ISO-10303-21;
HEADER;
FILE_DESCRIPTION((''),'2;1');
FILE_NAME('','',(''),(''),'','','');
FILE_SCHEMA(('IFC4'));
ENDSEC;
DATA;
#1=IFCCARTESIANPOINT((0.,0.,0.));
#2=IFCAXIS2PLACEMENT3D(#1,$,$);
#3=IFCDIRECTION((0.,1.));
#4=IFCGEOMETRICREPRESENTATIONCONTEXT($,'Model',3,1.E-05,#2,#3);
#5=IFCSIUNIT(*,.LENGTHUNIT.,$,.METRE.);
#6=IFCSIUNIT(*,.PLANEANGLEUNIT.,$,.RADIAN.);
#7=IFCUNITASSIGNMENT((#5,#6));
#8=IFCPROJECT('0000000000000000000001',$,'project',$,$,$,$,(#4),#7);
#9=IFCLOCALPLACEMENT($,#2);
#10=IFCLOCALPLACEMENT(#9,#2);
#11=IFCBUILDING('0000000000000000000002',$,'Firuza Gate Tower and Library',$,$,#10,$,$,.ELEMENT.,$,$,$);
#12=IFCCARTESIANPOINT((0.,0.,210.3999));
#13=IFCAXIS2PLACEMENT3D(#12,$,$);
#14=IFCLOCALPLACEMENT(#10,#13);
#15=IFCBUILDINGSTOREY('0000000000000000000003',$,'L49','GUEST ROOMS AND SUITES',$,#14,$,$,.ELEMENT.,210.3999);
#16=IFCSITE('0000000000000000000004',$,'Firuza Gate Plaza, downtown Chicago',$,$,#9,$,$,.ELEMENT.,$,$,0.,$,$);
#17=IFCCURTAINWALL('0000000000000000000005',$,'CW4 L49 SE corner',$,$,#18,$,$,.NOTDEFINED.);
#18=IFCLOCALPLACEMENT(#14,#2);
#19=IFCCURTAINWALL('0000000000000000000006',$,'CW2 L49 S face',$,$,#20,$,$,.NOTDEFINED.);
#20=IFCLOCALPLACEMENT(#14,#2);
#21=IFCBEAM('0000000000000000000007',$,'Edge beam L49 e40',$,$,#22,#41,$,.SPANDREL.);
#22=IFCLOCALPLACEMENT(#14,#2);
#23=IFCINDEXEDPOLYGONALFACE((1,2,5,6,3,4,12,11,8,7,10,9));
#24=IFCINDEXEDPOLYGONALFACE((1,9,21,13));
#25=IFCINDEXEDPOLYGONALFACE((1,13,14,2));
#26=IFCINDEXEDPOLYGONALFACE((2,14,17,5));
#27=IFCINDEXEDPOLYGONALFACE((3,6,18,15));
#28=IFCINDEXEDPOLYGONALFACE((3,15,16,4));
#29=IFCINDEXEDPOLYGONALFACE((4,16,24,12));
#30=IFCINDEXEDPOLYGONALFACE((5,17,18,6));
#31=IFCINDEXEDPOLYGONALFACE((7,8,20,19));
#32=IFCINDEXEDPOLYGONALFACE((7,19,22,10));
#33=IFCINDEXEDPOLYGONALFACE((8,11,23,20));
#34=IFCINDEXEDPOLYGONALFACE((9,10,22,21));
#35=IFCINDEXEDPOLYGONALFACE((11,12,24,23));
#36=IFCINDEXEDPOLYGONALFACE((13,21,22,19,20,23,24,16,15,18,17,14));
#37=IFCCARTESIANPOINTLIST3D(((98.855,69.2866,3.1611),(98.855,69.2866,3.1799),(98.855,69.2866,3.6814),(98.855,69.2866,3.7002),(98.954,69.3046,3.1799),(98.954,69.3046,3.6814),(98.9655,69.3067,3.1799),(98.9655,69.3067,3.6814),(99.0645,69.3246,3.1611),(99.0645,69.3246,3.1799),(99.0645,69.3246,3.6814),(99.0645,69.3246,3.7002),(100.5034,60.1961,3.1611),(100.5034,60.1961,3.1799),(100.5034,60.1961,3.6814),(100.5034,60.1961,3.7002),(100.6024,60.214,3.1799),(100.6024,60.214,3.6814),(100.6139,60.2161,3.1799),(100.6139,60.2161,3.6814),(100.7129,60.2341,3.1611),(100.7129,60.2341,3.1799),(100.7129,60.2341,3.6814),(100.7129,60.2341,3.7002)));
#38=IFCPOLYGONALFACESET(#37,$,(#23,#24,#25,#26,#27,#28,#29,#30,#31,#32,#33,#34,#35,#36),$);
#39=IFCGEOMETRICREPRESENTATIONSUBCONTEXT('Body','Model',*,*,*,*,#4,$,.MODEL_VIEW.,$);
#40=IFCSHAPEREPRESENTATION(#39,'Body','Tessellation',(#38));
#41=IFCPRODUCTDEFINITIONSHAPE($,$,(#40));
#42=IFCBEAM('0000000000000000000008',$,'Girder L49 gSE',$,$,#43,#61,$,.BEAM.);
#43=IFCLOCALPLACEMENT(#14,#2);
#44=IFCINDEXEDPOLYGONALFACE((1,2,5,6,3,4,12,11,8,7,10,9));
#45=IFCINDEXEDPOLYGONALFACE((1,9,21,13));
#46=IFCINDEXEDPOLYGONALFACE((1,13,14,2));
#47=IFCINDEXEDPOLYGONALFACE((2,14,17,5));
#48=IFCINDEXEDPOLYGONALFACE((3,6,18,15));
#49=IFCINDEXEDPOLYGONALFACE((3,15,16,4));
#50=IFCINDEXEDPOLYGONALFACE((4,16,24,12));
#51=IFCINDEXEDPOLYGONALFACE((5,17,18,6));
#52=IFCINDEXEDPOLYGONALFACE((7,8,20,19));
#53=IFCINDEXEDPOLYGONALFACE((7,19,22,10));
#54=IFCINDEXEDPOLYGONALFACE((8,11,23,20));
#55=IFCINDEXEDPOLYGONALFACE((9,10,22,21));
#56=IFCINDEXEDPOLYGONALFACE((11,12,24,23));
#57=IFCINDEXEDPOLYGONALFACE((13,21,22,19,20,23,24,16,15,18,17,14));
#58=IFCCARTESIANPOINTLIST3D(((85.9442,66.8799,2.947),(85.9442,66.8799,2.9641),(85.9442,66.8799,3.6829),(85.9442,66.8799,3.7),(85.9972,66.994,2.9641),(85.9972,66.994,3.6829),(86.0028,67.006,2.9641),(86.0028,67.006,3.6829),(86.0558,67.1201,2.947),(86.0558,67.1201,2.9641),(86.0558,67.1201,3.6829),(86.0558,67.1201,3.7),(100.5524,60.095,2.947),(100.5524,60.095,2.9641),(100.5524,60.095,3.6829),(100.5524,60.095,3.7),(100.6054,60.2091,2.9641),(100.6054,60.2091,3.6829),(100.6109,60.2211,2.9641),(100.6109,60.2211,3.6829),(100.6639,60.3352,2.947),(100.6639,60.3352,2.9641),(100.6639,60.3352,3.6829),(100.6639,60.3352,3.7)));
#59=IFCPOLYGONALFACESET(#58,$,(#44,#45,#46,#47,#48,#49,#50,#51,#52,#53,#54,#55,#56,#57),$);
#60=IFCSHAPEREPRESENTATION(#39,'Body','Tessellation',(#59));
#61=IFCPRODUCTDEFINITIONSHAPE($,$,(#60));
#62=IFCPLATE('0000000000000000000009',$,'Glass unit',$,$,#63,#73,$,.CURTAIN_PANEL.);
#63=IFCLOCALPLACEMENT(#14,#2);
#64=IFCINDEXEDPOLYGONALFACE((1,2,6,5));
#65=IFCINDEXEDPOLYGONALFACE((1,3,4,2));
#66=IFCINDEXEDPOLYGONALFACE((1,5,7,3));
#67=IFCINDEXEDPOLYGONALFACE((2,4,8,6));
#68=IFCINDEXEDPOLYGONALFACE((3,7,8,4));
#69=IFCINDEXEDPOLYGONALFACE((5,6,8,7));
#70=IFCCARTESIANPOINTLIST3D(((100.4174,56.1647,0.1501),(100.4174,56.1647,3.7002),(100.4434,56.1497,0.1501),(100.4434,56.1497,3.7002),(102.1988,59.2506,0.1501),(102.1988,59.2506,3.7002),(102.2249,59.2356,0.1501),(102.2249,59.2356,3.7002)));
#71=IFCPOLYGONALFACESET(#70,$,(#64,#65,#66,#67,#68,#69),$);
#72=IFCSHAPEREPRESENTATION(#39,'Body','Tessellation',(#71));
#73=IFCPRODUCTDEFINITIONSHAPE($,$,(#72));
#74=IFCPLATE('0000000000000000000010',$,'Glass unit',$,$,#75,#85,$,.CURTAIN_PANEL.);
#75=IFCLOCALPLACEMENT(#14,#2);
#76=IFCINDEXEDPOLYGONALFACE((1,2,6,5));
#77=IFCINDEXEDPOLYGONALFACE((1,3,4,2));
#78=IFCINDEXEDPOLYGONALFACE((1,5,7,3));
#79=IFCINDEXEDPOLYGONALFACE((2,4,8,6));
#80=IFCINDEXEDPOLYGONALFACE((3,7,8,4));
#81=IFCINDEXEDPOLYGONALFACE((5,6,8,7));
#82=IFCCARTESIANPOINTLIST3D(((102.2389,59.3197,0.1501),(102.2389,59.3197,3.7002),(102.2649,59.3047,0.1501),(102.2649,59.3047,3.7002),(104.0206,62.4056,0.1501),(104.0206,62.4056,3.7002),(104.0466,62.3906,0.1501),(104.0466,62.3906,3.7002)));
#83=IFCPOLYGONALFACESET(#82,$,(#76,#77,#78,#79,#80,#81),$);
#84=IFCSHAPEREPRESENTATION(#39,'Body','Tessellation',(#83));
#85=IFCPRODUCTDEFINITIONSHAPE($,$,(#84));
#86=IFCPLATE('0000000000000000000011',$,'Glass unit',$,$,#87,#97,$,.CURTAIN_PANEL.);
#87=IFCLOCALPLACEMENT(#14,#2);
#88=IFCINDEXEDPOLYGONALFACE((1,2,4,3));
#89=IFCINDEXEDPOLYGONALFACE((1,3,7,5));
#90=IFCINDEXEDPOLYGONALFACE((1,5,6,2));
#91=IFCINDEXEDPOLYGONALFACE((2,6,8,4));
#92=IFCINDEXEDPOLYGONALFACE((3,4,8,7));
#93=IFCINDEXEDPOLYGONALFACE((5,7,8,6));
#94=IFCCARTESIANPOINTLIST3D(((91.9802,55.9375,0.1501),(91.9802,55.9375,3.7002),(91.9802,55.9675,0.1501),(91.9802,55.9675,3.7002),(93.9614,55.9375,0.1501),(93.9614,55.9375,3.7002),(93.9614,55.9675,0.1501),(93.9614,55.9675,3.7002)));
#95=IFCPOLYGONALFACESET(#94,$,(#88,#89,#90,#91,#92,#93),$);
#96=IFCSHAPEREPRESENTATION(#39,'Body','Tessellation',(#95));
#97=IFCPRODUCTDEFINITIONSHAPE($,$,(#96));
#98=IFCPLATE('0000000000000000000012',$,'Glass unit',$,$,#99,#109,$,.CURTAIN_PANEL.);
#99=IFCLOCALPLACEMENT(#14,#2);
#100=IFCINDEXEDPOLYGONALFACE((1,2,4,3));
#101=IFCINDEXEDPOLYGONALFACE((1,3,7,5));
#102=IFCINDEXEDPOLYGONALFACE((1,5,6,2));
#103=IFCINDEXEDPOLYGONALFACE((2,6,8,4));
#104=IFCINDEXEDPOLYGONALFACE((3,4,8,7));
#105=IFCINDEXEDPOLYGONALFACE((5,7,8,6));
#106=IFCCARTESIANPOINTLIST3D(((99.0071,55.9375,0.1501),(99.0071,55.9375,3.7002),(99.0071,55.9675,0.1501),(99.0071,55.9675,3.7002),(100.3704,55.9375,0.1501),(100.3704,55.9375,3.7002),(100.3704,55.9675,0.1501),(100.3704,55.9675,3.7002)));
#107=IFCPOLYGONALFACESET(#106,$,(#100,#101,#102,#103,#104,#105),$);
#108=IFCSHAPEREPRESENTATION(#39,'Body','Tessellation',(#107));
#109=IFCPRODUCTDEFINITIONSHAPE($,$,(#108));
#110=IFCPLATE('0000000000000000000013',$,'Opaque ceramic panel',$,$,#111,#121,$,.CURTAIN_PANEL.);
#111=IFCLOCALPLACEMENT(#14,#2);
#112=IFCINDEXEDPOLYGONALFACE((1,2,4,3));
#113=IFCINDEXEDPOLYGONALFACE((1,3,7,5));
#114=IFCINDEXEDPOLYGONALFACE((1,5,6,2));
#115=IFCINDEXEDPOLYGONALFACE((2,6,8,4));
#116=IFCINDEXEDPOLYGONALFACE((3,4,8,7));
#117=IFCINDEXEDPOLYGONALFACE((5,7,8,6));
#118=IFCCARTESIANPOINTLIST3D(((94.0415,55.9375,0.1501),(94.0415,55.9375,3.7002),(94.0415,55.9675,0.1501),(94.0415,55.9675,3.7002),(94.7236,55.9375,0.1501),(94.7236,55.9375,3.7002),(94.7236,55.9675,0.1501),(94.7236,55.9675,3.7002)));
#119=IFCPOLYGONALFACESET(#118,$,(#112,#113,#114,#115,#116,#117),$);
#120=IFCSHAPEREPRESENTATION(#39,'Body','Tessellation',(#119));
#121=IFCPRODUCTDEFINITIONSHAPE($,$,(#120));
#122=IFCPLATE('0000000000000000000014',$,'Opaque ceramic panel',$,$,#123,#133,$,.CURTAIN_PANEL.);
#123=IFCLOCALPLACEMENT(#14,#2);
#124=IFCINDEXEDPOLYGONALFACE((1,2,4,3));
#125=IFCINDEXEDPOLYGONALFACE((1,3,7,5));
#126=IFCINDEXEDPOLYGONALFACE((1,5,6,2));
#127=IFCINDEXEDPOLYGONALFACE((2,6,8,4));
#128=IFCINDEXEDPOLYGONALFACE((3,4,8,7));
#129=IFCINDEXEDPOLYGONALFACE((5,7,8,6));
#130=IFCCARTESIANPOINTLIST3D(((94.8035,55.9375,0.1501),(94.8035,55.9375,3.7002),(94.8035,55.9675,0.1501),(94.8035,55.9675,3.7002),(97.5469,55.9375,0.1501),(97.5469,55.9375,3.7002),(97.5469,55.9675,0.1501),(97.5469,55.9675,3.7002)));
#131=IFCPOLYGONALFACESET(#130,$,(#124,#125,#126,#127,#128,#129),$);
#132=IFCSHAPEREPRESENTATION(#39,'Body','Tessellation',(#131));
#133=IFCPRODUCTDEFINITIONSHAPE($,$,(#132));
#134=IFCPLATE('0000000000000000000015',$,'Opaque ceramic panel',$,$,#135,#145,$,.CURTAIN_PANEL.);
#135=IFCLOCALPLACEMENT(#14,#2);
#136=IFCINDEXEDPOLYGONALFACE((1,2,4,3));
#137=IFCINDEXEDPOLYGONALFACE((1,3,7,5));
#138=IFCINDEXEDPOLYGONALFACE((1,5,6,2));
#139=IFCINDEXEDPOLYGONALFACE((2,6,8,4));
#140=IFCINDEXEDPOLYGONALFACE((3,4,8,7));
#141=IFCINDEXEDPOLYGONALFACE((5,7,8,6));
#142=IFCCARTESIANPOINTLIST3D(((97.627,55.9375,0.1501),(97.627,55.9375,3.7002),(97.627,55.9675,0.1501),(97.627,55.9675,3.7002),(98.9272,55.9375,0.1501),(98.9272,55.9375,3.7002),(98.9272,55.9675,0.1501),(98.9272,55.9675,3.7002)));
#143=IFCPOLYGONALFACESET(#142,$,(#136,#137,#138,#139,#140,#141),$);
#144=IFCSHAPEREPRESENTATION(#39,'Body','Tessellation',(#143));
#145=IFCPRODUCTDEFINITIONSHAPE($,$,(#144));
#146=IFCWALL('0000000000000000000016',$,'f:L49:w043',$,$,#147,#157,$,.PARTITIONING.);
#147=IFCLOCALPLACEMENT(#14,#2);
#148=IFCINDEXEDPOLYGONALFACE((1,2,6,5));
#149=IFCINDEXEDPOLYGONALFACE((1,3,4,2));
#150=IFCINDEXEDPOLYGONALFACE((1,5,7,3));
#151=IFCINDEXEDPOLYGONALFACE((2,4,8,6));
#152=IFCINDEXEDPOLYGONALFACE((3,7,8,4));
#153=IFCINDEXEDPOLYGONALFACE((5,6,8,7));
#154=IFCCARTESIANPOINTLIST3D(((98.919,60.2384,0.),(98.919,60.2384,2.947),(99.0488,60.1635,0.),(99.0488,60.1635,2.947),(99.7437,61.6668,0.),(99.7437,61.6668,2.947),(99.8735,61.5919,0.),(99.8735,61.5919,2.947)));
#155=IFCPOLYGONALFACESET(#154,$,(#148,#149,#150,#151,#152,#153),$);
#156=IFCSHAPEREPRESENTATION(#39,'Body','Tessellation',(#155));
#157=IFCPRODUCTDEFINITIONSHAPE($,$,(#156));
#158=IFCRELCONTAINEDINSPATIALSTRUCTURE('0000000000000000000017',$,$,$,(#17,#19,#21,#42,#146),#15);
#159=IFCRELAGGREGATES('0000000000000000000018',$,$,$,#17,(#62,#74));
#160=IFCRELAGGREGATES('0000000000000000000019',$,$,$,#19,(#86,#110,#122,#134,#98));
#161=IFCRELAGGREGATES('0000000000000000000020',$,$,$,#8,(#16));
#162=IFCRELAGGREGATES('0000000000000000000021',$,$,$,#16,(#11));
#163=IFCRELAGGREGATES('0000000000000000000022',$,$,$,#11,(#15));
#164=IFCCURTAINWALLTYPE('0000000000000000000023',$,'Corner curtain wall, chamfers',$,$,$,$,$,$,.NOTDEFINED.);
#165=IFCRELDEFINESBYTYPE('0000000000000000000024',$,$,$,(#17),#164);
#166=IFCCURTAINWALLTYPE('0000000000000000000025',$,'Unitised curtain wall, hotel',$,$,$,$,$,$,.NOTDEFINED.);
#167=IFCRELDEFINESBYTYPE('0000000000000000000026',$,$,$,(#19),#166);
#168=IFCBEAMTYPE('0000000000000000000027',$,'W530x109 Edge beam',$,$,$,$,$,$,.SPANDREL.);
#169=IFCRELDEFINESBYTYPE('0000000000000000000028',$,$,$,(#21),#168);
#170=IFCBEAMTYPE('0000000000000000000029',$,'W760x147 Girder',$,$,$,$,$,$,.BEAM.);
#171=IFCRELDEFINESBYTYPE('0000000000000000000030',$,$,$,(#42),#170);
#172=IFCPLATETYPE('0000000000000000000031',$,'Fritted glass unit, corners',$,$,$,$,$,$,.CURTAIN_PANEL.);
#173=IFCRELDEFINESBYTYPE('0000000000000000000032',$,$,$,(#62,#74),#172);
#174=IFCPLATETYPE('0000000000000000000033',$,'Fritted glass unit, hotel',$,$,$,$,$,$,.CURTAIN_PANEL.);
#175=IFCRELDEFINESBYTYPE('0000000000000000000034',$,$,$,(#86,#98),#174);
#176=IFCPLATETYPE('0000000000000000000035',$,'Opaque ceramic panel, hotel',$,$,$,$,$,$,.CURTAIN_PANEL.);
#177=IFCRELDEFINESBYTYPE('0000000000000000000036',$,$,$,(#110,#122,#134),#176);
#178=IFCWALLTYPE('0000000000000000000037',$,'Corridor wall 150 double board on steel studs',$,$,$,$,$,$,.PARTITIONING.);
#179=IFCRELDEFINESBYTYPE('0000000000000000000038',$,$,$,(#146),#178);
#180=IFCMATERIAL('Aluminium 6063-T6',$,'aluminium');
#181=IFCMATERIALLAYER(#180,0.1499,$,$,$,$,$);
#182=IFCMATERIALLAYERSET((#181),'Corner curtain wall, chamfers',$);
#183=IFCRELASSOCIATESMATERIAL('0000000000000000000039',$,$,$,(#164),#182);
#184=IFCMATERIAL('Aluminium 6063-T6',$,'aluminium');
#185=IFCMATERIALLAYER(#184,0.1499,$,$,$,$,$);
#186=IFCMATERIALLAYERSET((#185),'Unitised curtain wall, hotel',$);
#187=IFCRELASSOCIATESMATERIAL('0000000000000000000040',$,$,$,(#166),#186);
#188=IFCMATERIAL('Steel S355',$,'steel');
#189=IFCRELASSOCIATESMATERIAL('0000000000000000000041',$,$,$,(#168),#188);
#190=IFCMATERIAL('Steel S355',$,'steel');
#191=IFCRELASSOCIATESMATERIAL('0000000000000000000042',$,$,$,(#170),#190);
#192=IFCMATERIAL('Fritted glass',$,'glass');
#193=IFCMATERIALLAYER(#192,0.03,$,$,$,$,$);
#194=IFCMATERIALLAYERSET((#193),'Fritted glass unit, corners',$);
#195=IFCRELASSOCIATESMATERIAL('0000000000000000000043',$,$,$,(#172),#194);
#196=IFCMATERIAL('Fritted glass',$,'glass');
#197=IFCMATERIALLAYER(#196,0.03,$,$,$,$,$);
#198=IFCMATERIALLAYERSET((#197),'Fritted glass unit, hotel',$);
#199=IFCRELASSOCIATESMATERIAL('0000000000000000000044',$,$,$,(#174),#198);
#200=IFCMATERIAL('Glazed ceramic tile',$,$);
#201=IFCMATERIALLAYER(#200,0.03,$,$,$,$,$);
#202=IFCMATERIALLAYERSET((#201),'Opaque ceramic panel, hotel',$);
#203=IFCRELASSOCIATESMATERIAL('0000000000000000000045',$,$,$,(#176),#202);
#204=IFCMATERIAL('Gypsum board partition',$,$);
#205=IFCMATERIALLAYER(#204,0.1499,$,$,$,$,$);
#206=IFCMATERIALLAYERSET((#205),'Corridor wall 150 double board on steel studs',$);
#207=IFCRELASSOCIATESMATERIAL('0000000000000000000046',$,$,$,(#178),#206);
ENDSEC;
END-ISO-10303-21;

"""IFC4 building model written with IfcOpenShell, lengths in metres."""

from ifc_helpers import new_model, si_unit, direction, frame, frame_2d, origin, origin_2d, place, context, subcontext, project, spatial, polyline, rectangle, i_section, outline, extrude, material, layer, layer_set, material_profile, profile_set, type_object, element, aggregate, save


model = new_model("IFC4")

# Units and contexts
model_context = context("Model", 3, precision=1e-05, world=origin(), true_north=direction((0.0, 1.0)))
body_context = subcontext(model_context, "Body", "Model", "MODEL_VIEW")
ifc_project = project(units=[si_unit("LENGTHUNIT", "METRE"), si_unit("PLANEANGLEUNIT", "RADIAN")], contexts=[model_context])

# Site, building, storey
site_placement = place(None, origin())
site = spatial("IfcSite", under=ifc_project, at=site_placement, Name="Firuza Gate Plaza, downtown Chicago", CompositionType="ELEMENT", RefElevation=0.0)
building_placement = place(site_placement, origin())
building = spatial("IfcBuilding", under=site, at=building_placement, Name="Firuza Gate Tower and Library", CompositionType="ELEMENT")
storey_placement = place(building_placement, frame((0.0, 0.0, 210.3999)))
storey = spatial("IfcBuildingStorey", under=building, at=storey_placement, Name="L49", Description="GUEST ROOMS AND SUITES", CompositionType="ELEMENT", Elevation=210.3999)

# Curtain walls
ifc_material_1 = material(Name="Aluminium 6063-T6", Category="aluminium")
ifc_layer_1 = layer(ifc_material_1, 0.1499)
ifc_layer_set_1 = layer_set([ifc_layer_1], Name="Corner curtain wall, chamfers")
curtain_wall_type_1 = type_object("IfcCurtainWallType", Name="Corner curtain wall, chamfers", PredefinedType="NOTDEFINED", material=ifc_layer_set_1)
placement = place(storey_placement, origin())
curtain_wall_1 = element("IfcCurtainWall", 1, at=placement, inside=storey, type_object=curtain_wall_type_1, Name="CW4 L49 SE corner", PredefinedType="NOTDEFINED")
ifc_material_2 = material(Name="Aluminium 6063-T6", Category="aluminium")
ifc_layer_2 = layer(ifc_material_2, 0.1499)
ifc_layer_set_2 = layer_set([ifc_layer_2], Name="Unitised curtain wall, hotel")
curtain_wall_type_2 = type_object("IfcCurtainWallType", Name="Unitised curtain wall, hotel", PredefinedType="NOTDEFINED", material=ifc_layer_set_2)
curtain_wall_2 = element("IfcCurtainWall", 2, at=placement, inside=storey, type_object=curtain_wall_type_2, Name="CW2 L49 S face", PredefinedType="NOTDEFINED")

# Beams
ifc_material_3 = material(Name="Steel S355", Category="steel")
ifc_material_profile_1 = material_profile(ifc_material_3, i_section(OverallWidth=0.2129, OverallDepth=0.5391, WebThickness=0.0117, FlangeThickness=0.0188, at=origin_2d()))
ifc_profile_set_1 = profile_set([ifc_material_profile_1], Name="Steel S355")
beam_type_1 = type_object("IfcBeamType", Name="W530x109 Edge beam", PredefinedType="SPANDREL", material=ifc_profile_set_1)
beam_1_placement = place(storey_placement, frame((100.6082, 60.2151, 3.4307), z_axis=(-0.178425, 0.983954, 0.0), x_axis=(-0.983954, -0.178425, 0.0)))
element("IfcBeam", 3, at=beam_1_placement, inside=storey, type_object=beam_type_1, Name="Edge beam L49 e40", PredefinedType="SPANDREL", context=body_context, shape_type="SweptSolid", body=[
    extrude(i_section(OverallWidth=0.2129, OverallDepth=0.5391, WebThickness=0.0117, FlangeThickness=0.0188, at=origin_2d()), origin(), (0.0, 0.0, 1.0), 9.2388),
])
ifc_material_4 = material(Name="Steel S355", Category="steel")
ifc_material_profile_2 = material_profile(ifc_material_4, i_section(OverallWidth=0.2649, OverallDepth=0.7529, WebThickness=0.0132, FlangeThickness=0.0171, at=origin_2d()))
ifc_profile_set_2 = profile_set([ifc_material_profile_2], Name="Steel S355")
beam_type_2 = type_object("IfcBeamType", Name="W760x147 Girder", PredefinedType="BEAM", material=ifc_profile_set_2)
beam_2_placement = place(storey_placement, frame((100.6082, 60.2151, 3.3235), z_axis=(-0.906948, 0.421242, 0.0), x_axis=(-0.421242, -0.906948, 0.0)))
element("IfcBeam", 4, at=beam_2_placement, inside=storey, type_object=beam_type_2, Name="Girder L49 gSE", PredefinedType="BEAM", context=body_context, shape_type="SweptSolid", body=[
    extrude(i_section(OverallWidth=0.2649, OverallDepth=0.7529, WebThickness=0.0132, FlangeThickness=0.0171, at=origin_2d()), origin(), (0.0, 0.0, 1.0), 16.1069),
])

# Plates
ifc_material_5 = material(Name="Fritted glass", Category="glass")
ifc_layer_3 = layer(ifc_material_5, 0.03)
ifc_layer_set_3 = layer_set([ifc_layer_3], Name="Fritted glass unit, corners")
plate_type_1 = type_object("IfcPlateType", Name="Fritted glass unit, corners", PredefinedType="CURTAIN_PANEL", material=ifc_layer_set_3)
plate_1_placement = place(storey_placement, frame((100.4434, 56.1497, 0.1501), z_axis=(0.866046, -0.499964, 0.0), x_axis=(0.499964, 0.866046, 0.0)))
plate_1 = element("IfcPlate", 5, at=plate_1_placement, type_object=plate_type_1, Name="Glass unit", PredefinedType="CURTAIN_PANEL", context=body_context, shape_type="SweptSolid", body=[
    extrude(outline(polyline([(0.0, 0.0), (3.5632, 0.0), (3.5632, 3.55), (0.0, 3.55), (0.0, 0.0)])), origin(), (0.0, 0.0, -1.0), 0.03),
])
plate_2_placement = place(storey_placement, frame((102.2649, 59.3047, 0.1501), z_axis=(0.866017, -0.500015, 0.0), x_axis=(0.500015, 0.866017, 0.0)))
plate_2 = element("IfcPlate", 6, at=plate_2_placement, type_object=plate_type_1, Name="Glass unit", PredefinedType="CURTAIN_PANEL", context=body_context, shape_type="SweptSolid", body=[
    extrude(outline(polyline([(0.0, 0.0), (3.5634, 0.0), (3.5634, 3.55), (0.0, 3.55), (0.0, 0.0)])), origin(), (0.0, 0.0, -1.0), 0.03),
])
aggregate(curtain_wall_1, [plate_1, plate_2])
ifc_material_6 = material(Name="Fritted glass", Category="glass")
ifc_layer_4 = layer(ifc_material_6, 0.03)
ifc_layer_set_4 = layer_set([ifc_layer_4], Name="Fritted glass unit, hotel")
plate_type_2 = type_object("IfcPlateType", Name="Fritted glass unit, hotel", PredefinedType="CURTAIN_PANEL", material=ifc_layer_set_4)
plate_3_placement = place(storey_placement, frame((91.9802, 55.9375, 0.1501), z_axis=(0.0, -1.0, 0.0), x_axis=(1.0, 0.0, 0.0)))
plate_3 = element("IfcPlate", 7, at=plate_3_placement, type_object=plate_type_2, Name="Glass unit", PredefinedType="CURTAIN_PANEL", context=body_context, shape_type="SweptSolid", body=[
    extrude(outline(polyline([(0.0, 0.0), (1.9812, 0.0), (1.9812, 3.55), (0.0, 3.55), (0.0, 0.0)])), origin(), (0.0, 0.0, -1.0), 0.03),
])
plate_4_placement = place(storey_placement, frame((99.0071, 55.9375, 0.1501), z_axis=(0.0, -1.0, 0.0), x_axis=(1.0, 0.0, 0.0)))
plate_4 = element("IfcPlate", 8, at=plate_4_placement, type_object=plate_type_2, Name="Glass unit", PredefinedType="CURTAIN_PANEL", context=body_context, shape_type="SweptSolid", body=[
    extrude(outline(polyline([(0.0, 0.0), (1.3633, 0.0), (1.3633, 3.55), (0.0, 3.55), (0.0, 0.0)])), origin(), (0.0, 0.0, -1.0), 0.03),
])
ifc_material_7 = material(Name="Glazed ceramic tile")
ifc_layer_5 = layer(ifc_material_7, 0.03)
ifc_layer_set_5 = layer_set([ifc_layer_5], Name="Opaque ceramic panel, hotel")
plate_type_3 = type_object("IfcPlateType", Name="Opaque ceramic panel, hotel", PredefinedType="CURTAIN_PANEL", material=ifc_layer_set_5)
plate_5_placement = place(storey_placement, frame((94.0415, 55.9375, 0.1501), z_axis=(0.0, -1.0, 0.0), x_axis=(1.0, 0.0, 0.0)))
plate_5 = element("IfcPlate", 9, at=plate_5_placement, type_object=plate_type_3, Name="Opaque ceramic panel", PredefinedType="CURTAIN_PANEL", context=body_context, shape_type="SweptSolid", body=[
    extrude(outline(polyline([(0.0, 0.0), (0.6821, 0.0), (0.6821, 3.55), (0.0, 3.55), (0.0, 0.0)])), origin(), (0.0, 0.0, -1.0), 0.03),
])
plate_6_placement = place(storey_placement, frame((94.8035, 55.9375, 0.1501), z_axis=(0.0, -1.0, 0.0), x_axis=(1.0, 0.0, 0.0)))
plate_6 = element("IfcPlate", 10, at=plate_6_placement, type_object=plate_type_3, Name="Opaque ceramic panel", PredefinedType="CURTAIN_PANEL", context=body_context, shape_type="SweptSolid", body=[
    extrude(outline(polyline([(0.0, 0.0), (2.7434, 0.0), (2.7434, 3.55), (0.0, 3.55), (0.0, 0.0)])), origin(), (0.0, 0.0, -1.0), 0.03),
])
plate_7_placement = place(storey_placement, frame((97.627, 55.9375, 0.1501), z_axis=(0.0, -1.0, 0.0), x_axis=(1.0, 0.0, 0.0)))
plate_7 = element("IfcPlate", 11, at=plate_7_placement, type_object=plate_type_3, Name="Opaque ceramic panel", PredefinedType="CURTAIN_PANEL", context=body_context, shape_type="SweptSolid", body=[
    extrude(outline(polyline([(0.0, 0.0), (1.3003, 0.0), (1.3003, 3.55), (0.0, 3.55), (0.0, 0.0)])), origin(), (0.0, 0.0, -1.0), 0.03),
])
aggregate(curtain_wall_2, [plate_3, plate_5, plate_6, plate_7, plate_4])

# Wall
ifc_material_8 = material(Name="Gypsum board partition")
ifc_layer_6 = layer(ifc_material_8, 0.1499)
ifc_layer_set_6 = layer_set([ifc_layer_6], Name="Corridor wall 150 double board on steel studs")
wall_type_1 = type_object("IfcWallType", Name="Corridor wall 150 double board on steel studs", PredefinedType="PARTITIONING", material=ifc_layer_set_6)
wall_1_placement = place(storey_placement, frame((98.9839, 60.2009, 0.0), z_axis=(0.0, 0.0, 1.0), x_axis=(0.499992, 0.86603, 0.0)))
element("IfcWall", 12, at=wall_1_placement, inside=storey, type_object=wall_type_1, Name="f:L49:w043", PredefinedType="PARTITIONING", context=body_context, shape_type="SweptSolid", body=[
    extrude(rectangle(XDim=1.6494, YDim=0.1499, at=frame_2d((0.8247, 0.0))), origin(), (0.0, 0.0, 1.0), 2.947),
])

save(model, "model.ifc")
